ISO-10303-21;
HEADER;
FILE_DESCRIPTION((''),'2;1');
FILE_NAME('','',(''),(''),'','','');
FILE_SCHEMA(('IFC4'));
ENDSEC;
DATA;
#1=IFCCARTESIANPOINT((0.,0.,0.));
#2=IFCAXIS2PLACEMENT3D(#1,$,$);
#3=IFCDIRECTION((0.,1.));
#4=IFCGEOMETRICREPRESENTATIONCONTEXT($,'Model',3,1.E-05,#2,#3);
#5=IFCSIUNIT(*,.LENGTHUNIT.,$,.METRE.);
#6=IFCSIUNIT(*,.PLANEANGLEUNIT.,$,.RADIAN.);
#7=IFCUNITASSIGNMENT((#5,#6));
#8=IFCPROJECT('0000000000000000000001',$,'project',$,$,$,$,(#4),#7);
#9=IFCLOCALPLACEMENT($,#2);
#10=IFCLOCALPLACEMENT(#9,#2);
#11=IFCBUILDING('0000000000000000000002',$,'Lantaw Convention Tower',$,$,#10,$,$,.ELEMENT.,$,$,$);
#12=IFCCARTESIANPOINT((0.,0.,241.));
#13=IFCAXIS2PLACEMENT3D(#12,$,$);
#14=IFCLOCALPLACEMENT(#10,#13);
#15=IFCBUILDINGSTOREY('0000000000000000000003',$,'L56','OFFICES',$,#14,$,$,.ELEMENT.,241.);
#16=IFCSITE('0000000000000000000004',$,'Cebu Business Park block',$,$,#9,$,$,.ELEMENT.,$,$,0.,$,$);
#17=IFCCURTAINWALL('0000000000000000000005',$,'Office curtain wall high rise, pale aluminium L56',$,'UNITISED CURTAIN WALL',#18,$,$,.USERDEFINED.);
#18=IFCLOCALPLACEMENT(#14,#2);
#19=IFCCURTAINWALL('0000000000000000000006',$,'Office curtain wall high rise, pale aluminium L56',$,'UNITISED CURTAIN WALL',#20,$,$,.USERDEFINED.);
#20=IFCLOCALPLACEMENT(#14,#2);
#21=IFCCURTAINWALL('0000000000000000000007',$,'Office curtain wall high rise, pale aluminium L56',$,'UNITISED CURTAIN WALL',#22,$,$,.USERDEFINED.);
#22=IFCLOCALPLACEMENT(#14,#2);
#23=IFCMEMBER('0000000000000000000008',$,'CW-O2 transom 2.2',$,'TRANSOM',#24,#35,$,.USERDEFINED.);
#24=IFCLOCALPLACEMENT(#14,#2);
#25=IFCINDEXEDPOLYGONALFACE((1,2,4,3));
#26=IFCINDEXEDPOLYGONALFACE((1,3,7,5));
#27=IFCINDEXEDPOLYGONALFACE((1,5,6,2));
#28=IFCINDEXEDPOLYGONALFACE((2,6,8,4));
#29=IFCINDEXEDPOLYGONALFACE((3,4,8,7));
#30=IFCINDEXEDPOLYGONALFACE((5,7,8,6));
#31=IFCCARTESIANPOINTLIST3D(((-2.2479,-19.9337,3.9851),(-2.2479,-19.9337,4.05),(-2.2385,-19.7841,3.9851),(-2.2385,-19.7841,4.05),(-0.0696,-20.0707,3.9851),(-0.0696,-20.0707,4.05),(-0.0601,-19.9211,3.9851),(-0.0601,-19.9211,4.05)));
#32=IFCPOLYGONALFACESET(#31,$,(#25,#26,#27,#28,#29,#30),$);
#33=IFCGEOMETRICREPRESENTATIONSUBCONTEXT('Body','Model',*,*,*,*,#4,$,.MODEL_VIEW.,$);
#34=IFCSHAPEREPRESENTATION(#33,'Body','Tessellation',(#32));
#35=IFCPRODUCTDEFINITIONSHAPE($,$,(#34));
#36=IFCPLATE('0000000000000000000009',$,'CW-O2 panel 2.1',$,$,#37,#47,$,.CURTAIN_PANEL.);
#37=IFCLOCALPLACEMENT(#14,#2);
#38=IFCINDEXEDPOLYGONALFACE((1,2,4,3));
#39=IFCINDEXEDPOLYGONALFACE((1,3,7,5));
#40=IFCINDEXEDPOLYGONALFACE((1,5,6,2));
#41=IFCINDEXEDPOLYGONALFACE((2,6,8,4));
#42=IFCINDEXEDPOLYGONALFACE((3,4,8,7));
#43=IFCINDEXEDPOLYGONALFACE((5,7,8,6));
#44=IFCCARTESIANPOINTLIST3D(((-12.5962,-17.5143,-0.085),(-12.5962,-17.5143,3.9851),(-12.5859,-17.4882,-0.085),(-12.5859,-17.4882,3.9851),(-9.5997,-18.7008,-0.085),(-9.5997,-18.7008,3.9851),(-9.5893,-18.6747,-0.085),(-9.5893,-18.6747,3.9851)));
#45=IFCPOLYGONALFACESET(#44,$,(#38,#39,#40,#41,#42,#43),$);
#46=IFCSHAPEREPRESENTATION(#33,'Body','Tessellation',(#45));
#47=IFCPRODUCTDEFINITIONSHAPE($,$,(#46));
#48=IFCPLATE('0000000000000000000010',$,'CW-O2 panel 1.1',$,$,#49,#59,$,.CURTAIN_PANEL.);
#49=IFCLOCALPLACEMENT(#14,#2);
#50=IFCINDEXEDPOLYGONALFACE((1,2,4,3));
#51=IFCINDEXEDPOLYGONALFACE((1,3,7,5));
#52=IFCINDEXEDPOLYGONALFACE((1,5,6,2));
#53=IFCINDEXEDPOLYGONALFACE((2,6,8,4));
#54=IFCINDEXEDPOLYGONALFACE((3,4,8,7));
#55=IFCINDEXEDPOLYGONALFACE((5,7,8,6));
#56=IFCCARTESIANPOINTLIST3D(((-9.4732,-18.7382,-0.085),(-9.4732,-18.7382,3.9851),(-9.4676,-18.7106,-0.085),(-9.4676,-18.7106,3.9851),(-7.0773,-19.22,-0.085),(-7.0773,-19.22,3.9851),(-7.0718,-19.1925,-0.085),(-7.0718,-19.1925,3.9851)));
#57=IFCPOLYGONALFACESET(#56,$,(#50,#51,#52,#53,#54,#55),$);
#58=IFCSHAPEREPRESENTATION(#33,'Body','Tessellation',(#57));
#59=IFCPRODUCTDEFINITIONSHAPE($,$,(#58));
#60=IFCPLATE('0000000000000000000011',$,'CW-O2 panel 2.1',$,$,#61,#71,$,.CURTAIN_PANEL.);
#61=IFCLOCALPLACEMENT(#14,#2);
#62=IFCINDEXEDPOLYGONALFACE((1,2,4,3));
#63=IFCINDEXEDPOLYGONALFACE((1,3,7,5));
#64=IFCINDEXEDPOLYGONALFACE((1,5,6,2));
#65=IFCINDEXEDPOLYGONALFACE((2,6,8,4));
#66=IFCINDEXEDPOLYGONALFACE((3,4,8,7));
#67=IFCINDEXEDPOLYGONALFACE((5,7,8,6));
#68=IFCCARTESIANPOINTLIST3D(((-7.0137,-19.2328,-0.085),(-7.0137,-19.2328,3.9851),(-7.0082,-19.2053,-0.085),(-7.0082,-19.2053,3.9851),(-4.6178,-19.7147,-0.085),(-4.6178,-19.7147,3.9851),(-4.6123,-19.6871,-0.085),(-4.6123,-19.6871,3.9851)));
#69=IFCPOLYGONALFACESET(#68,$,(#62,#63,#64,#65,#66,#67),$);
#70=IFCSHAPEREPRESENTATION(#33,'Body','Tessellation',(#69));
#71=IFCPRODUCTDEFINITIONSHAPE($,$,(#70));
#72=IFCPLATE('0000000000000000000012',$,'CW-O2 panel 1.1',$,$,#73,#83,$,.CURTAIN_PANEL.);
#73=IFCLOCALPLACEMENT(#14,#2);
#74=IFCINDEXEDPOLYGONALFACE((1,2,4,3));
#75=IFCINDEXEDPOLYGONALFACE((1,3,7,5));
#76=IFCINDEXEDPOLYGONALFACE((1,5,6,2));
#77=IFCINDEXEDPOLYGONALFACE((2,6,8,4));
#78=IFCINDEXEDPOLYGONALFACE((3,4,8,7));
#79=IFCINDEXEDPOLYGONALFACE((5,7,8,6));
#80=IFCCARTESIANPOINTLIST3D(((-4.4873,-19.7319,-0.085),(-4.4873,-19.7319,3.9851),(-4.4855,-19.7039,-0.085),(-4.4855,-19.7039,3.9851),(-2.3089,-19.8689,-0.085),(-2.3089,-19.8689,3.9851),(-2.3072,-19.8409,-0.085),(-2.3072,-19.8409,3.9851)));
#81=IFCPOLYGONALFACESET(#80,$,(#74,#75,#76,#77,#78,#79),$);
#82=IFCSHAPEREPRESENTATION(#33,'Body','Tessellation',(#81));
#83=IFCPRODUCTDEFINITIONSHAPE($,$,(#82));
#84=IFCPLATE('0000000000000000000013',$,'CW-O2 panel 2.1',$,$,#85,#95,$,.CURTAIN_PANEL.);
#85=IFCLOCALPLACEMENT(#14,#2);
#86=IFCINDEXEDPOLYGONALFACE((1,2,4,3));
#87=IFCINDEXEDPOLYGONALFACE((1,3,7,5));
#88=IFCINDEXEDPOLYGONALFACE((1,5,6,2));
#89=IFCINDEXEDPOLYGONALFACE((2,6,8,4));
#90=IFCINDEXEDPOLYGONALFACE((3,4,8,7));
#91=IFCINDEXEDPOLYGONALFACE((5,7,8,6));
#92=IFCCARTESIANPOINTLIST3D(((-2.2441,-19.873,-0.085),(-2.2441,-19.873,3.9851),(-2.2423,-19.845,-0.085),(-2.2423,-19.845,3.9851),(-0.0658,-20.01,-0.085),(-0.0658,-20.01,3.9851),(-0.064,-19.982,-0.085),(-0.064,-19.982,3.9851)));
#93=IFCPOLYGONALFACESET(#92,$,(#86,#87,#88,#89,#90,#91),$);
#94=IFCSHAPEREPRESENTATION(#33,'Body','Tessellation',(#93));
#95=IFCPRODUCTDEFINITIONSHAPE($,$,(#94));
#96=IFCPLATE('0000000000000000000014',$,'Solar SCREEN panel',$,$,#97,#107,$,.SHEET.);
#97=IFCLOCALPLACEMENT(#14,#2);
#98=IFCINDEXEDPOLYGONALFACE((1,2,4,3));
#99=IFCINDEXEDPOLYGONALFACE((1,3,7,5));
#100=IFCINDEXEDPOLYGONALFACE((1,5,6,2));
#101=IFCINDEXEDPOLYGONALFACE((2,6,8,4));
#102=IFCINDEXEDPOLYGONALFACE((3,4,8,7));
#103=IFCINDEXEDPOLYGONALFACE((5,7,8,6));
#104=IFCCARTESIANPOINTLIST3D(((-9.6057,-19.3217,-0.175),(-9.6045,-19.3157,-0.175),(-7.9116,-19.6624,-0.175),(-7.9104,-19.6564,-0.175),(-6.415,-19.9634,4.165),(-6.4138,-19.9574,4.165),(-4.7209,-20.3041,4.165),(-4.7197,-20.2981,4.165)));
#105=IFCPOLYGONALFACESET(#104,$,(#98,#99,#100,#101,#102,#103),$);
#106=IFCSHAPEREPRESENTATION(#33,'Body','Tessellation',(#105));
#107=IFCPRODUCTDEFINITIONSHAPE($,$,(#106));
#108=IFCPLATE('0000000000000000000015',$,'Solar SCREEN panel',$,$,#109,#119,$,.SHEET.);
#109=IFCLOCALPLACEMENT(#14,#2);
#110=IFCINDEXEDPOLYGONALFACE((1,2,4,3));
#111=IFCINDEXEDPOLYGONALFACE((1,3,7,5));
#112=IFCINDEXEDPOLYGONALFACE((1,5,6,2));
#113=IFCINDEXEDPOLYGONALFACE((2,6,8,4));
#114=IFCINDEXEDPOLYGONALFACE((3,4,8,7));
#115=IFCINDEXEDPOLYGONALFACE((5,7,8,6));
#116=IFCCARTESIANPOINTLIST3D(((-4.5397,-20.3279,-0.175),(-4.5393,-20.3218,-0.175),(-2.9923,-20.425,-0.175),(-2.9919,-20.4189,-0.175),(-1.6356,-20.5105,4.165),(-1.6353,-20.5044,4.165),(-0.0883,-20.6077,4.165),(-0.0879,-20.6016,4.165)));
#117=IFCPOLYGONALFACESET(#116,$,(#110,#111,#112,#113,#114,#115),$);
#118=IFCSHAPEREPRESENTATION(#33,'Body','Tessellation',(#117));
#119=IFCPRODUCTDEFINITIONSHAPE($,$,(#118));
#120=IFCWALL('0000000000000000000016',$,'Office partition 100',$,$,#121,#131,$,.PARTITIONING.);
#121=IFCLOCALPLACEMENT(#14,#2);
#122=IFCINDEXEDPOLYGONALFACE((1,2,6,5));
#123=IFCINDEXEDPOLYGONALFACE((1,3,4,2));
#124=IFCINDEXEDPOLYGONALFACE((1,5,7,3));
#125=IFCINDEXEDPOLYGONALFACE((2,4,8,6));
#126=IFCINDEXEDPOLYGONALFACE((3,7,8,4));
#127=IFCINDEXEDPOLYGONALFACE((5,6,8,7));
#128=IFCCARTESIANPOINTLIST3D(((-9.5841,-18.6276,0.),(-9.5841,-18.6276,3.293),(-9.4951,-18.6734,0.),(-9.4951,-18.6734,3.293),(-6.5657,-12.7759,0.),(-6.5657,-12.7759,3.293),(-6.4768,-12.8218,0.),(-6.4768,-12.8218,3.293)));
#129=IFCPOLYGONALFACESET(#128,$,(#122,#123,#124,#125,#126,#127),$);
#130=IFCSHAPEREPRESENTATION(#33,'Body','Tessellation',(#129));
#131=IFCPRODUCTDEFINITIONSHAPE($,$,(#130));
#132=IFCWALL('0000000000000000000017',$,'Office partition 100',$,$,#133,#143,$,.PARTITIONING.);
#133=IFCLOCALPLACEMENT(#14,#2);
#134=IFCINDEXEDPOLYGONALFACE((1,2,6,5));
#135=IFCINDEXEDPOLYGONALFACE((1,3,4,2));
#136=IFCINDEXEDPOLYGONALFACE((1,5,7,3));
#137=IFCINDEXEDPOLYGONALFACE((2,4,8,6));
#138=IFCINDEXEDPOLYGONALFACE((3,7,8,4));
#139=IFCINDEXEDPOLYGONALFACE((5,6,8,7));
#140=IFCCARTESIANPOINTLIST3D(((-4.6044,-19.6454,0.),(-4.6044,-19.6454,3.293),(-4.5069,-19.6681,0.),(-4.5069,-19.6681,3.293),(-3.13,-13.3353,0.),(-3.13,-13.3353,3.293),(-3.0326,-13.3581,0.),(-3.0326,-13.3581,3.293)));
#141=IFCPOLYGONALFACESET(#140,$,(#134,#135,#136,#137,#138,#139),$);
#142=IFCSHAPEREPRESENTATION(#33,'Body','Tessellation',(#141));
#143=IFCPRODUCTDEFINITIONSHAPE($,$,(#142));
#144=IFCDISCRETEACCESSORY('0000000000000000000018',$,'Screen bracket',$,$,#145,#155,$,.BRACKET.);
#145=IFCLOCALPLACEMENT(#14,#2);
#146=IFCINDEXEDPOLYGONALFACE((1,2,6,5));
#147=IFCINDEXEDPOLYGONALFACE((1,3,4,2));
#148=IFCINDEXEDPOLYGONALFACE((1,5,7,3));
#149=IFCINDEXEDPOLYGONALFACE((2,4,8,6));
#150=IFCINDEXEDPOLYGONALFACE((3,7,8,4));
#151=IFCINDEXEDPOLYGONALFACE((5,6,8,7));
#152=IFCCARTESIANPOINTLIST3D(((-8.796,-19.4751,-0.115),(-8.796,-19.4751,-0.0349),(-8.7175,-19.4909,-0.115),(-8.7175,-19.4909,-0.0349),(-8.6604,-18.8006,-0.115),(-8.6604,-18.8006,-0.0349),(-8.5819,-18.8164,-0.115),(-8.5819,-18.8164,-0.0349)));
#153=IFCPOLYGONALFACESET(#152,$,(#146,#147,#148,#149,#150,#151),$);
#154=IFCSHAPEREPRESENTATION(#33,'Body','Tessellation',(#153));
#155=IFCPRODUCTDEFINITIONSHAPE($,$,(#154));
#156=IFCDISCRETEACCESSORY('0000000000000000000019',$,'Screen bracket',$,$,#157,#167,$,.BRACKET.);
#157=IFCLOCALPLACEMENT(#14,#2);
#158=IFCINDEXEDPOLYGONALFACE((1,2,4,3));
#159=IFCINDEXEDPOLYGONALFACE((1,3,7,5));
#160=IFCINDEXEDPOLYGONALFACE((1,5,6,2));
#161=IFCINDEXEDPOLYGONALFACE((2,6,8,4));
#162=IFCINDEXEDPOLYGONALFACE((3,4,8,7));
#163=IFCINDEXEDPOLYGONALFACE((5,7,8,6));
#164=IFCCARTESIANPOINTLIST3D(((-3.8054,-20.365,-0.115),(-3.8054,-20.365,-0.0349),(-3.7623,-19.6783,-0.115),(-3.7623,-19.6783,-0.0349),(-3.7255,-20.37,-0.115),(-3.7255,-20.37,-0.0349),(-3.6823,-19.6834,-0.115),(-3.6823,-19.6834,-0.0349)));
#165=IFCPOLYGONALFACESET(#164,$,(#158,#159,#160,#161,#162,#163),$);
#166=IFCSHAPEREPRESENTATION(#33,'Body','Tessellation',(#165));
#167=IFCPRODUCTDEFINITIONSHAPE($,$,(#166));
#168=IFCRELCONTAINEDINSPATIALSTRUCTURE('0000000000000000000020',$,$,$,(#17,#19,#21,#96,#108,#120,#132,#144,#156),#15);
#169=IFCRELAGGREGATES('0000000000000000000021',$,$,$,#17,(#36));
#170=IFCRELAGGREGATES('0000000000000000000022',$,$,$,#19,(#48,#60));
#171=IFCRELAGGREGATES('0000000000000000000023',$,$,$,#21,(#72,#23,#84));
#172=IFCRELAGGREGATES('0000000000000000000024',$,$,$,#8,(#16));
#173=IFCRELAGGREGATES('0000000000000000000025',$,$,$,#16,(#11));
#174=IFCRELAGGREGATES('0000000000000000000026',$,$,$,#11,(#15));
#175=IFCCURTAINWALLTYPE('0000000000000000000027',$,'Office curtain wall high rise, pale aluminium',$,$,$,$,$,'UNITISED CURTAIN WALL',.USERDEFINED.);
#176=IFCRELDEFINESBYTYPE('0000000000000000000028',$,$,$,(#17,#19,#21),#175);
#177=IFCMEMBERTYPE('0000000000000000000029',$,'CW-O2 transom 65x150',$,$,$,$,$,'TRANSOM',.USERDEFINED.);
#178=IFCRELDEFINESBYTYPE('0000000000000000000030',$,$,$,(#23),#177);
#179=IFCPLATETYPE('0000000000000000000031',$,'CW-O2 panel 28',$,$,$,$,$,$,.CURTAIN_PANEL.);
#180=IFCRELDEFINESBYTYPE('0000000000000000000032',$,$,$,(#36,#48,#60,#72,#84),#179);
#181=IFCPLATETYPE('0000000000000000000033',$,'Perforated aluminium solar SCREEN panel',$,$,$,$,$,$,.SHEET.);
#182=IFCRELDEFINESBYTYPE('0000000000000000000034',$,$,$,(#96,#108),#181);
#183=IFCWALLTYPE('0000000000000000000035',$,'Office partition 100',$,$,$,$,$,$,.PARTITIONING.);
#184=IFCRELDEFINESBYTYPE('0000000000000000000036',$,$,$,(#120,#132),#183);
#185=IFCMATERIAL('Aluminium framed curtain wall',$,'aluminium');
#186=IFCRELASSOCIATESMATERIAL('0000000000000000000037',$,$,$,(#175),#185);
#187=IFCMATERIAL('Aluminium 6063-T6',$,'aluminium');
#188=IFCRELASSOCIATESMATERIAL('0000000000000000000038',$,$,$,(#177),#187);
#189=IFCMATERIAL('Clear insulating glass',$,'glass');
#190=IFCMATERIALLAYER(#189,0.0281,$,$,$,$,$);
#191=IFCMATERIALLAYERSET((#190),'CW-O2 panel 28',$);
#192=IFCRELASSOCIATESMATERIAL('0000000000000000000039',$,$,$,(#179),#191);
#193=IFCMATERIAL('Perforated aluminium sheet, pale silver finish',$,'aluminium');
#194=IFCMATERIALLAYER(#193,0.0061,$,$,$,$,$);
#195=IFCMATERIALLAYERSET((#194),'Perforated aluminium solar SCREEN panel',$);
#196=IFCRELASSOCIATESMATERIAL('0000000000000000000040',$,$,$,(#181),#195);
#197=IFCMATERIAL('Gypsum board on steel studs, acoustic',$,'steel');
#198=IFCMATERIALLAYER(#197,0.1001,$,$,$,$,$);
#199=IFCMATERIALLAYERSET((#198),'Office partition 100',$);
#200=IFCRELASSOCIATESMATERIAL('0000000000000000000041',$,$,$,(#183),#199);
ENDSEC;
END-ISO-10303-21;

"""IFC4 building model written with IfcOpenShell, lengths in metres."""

from ifc_helpers import new_model, si_unit, direction, frame, frame_2d, origin, origin_2d, place, context, subcontext, project, spatial, polyline, rectangle, outline, extrude, material, layer, layer_set, material_profile, profile_set, type_object, element, aggregate, save


model = new_model("IFC4")

# Units and contexts
model_context = context("Model", 3, precision=1e-05, world=origin(), true_north=direction((0.0, 1.0)))
body_context = subcontext(model_context, "Body", "Model", "MODEL_VIEW")
ifc_project = project(units=[si_unit("LENGTHUNIT", "METRE"), si_unit("PLANEANGLEUNIT", "RADIAN")], contexts=[model_context])

# Site, building, storey
site_placement = place(None, origin())
site = spatial("IfcSite", under=ifc_project, at=site_placement, Name="Cebu Business Park block", CompositionType="ELEMENT", RefElevation=0.0)
building_placement = place(site_placement, origin())
building = spatial("IfcBuilding", under=site, at=building_placement, Name="Lantaw Convention Tower", CompositionType="ELEMENT")
storey_placement = place(building_placement, frame((0.0, 0.0, 241.0)))
storey = spatial("IfcBuildingStorey", under=building, at=storey_placement, Name="L56", Description="OFFICES", CompositionType="ELEMENT", Elevation=241.0)

# Curtain walls
ifc_material_1 = material(Name="Aluminium framed curtain wall", Category="aluminium")
curtain_wall_type = type_object("IfcCurtainWallType", Name="Office curtain wall high rise, pale aluminium", ElementType="UNITISED CURTAIN WALL", PredefinedType="USERDEFINED", material=ifc_material_1)
curtain_wall_1_placement = place(storey_placement, origin())
curtain_wall_1 = element("IfcCurtainWall", 1, at=curtain_wall_1_placement, inside=storey, type_object=curtain_wall_type, Name="Office curtain wall high rise, pale aluminium L56", ObjectType="UNITISED CURTAIN WALL", PredefinedType="USERDEFINED")
ifc_material_2 = material(Name="Aluminium 6063-T6", Category="aluminium")
curtain_wall_2_placement = place(storey_placement, origin())
curtain_wall_2 = element("IfcCurtainWall", 2, at=curtain_wall_2_placement, inside=storey, type_object=curtain_wall_type, Name="Office curtain wall high rise, pale aluminium L56", ObjectType="UNITISED CURTAIN WALL", PredefinedType="USERDEFINED")
curtain_wall_3_placement = place(storey_placement, origin())
curtain_wall_3 = element("IfcCurtainWall", 3, at=curtain_wall_3_placement, inside=storey, type_object=curtain_wall_type, Name="Office curtain wall high rise, pale aluminium L56", ObjectType="UNITISED CURTAIN WALL", PredefinedType="USERDEFINED")

# Member
ifc_material_profile_1 = material_profile(ifc_material_2, rectangle(XDim=0.1499, YDim=0.0649, at=origin_2d()), Name="CW-O2 transom 65x150")
ifc_profile_set_1 = profile_set([ifc_material_profile_1], Name="Aluminium 6063-T6")
member_type_1 = type_object("IfcMemberType", Name="CW-O2 transom 65x150", ElementType="TRANSOM", PredefinedType="USERDEFINED", material=ifc_profile_set_1)
member_1_placement = place(storey_placement, frame((-2.2432, -19.8589, 4.0176), z_axis=(0.998029, -0.062754, 0.0), x_axis=(0.062754, 0.998029, 0.0)))
member_1 = element("IfcMember", 4, at=member_1_placement, type_object=member_type_1, Name="CW-O2 transom 2.2", ObjectType="TRANSOM", PredefinedType="USERDEFINED", context=body_context, shape_type="SweptSolid", body=[
    extrude(rectangle(XDim=0.1499, YDim=0.0649, at=origin_2d()), origin(), (0.0, 0.0, 1.0), 2.1826),
])

# Plates
ifc_material_3 = material(Name="Clear insulating glass", Category="glass")
ifc_layer_1 = layer(ifc_material_3, 0.0281)
ifc_layer_set_1 = layer_set([ifc_layer_1], Name="CW-O2 panel 28")
plate_type_1 = type_object("IfcPlateType", Name="CW-O2 panel 28", PredefinedType="CURTAIN_PANEL", material=ifc_layer_set_1)
plate_1_placement = place(storey_placement, frame((-11.0928, -18.0945, -0.085), z_axis=(0.0, 0.0, 1.0), x_axis=(0.929762, -0.368162, 0.0)))
plate_1 = element("IfcPlate", 5, at=plate_1_placement, type_object=plate_type_1, Name="CW-O2 panel 2.1", PredefinedType="CURTAIN_PANEL", context=body_context, shape_type="SweptSolid", body=[
    extrude(rectangle(XDim=3.2229, YDim=0.0281, at=origin_2d()), origin(), (0.0, 0.0, 1.0), 4.0701),
])
aggregate(curtain_wall_1, [plate_1])
plate_2_placement = place(storey_placement, frame((-8.2725, -18.9653, -0.085), z_axis=(0.0, 0.0, 1.0), x_axis=(0.980367, -0.197183, 0.0)))
plate_2 = element("IfcPlate", 6, at=plate_2_placement, type_object=plate_type_1, Name="CW-O2 panel 1.1", PredefinedType="CURTAIN_PANEL", context=body_context, shape_type="SweptSolid", body=[
    extrude(rectangle(XDim=2.4438, YDim=0.0281, at=origin_2d()), origin(), (0.0, 0.0, 1.0), 4.0701),
])
plate_3_placement = place(storey_placement, frame((-5.813, -19.46, -0.085), z_axis=(0.0, 0.0, 1.0), x_axis=(0.980367, -0.197183, 0.0)))
plate_3 = element("IfcPlate", 7, at=plate_3_placement, type_object=plate_type_1, Name="CW-O2 panel 2.1", PredefinedType="CURTAIN_PANEL", context=body_context, shape_type="SweptSolid", body=[
    extrude(rectangle(XDim=2.4438, YDim=0.0281, at=origin_2d()), origin(), (0.0, 0.0, 1.0), 4.0701),
])
aggregate(curtain_wall_2, [plate_2, plate_3])
plate_4_placement = place(storey_placement, frame((-3.3972, -19.7864, -0.085), z_axis=(0.0, 0.0, 1.0), x_axis=(0.998029, -0.062758, 0.0)))
plate_4 = element("IfcPlate", 8, at=plate_4_placement, type_object=plate_type_1, Name="CW-O2 panel 1.1", PredefinedType="CURTAIN_PANEL", context=body_context, shape_type="SweptSolid", body=[
    extrude(rectangle(XDim=2.1826, YDim=0.0281, at=origin_2d()), origin(), (0.0, 0.0, 1.0), 4.0701),
])
plate_5_placement = place(storey_placement, frame((-1.1541, -19.9275, -0.085), z_axis=(0.0, 0.0, 1.0), x_axis=(0.998029, -0.062758, 0.0)))
plate_5 = element("IfcPlate", 9, at=plate_5_placement, type_object=plate_type_1, Name="CW-O2 panel 2.1", PredefinedType="CURTAIN_PANEL", context=body_context, shape_type="SweptSolid", body=[
    extrude(rectangle(XDim=2.1826, YDim=0.0281, at=origin_2d()), origin(), (0.0, 0.0, 1.0), 4.0701),
])
aggregate(curtain_wall_3, [plate_4, member_1, plate_5])

# Plates
ifc_material_4 = material(Name="Perforated aluminium sheet, pale silver finish", Category="aluminium")
ifc_layer_2 = layer(ifc_material_4, 0.0061)
ifc_layer_set_2 = layer_set([ifc_layer_2], Name="Perforated aluminium solar SCREEN panel")
plate_type_2 = type_object("IfcPlateType", Name="Perforated aluminium solar SCREEN panel", PredefinedType="SHEET", material=ifc_layer_set_2)
plate_6_placement = place(storey_placement, frame((-9.6045, -19.3157, -0.175), z_axis=(0.197162, 0.980371, 0.000011), x_axis=(0.980371, -0.197162, 0.0)))
element("IfcPlate", 10, at=plate_6_placement, inside=storey, type_object=plate_type_2, Name="Solar SCREEN panel", PredefinedType="SHEET", context=body_context, shape_type="SweptSolid", body=[
    extrude(outline(polyline([(0.0, 0.0), (1.728, 0.0), (4.9826, -4.3401), (3.2545, -4.3401), (0.0, 0.0)])), origin(), (0.0, 0.0, -1.0), 0.0061),
])
plate_7_placement = place(storey_placement, frame((-4.5393, -20.3218, -0.175), z_axis=(0.062672, 0.998034, 0.000059), x_axis=(0.998034, -0.062672, 0.0)))
element("IfcPlate", 11, at=plate_7_placement, inside=storey, type_object=plate_type_2, Name="Solar SCREEN panel", PredefinedType="SHEET", context=body_context, shape_type="SweptSolid", body=[
    extrude(outline(polyline([(0.0, 0.0), (1.5504, 0.0), (4.4602, -4.3401), (2.9098, -4.3401), (0.0, 0.0)])), origin(), (0.0, 0.0, -1.0), 0.0061),
])

# Walls
ifc_material_5 = material(Name="Gypsum board on steel studs, acoustic", Category="steel")
ifc_layer_3 = layer(ifc_material_5, 0.1001)
ifc_layer_set_3 = layer_set([ifc_layer_3], Name="Office partition 100")
wall_type = type_object("IfcWallType", Name="Office partition 100", PredefinedType="PARTITIONING", material=ifc_layer_set_3)
wall_1_placement = place(storey_placement, frame((-9.5396, -18.6504, 0.0), z_axis=(0.0, 0.0, 1.0), x_axis=(0.458421, 0.888735, 0.0)))
element("IfcWall", 12, at=wall_1_placement, inside=storey, type_object=wall_type, Name="Office partition 100", PredefinedType="PARTITIONING", context=body_context, shape_type="SweptSolid", body=[
    extrude(rectangle(XDim=6.5842, YDim=0.1001, at=frame_2d((3.292, 0.0))), origin(), (0.0, 0.0, 1.0), 3.293),
])
wall_2_placement = place(storey_placement, frame((-4.5557, -19.6567, 0.0), z_axis=(0.0, 0.0, 1.0), x_axis=(0.227525, 0.973772, 0.0)))
element("IfcWall", 13, at=wall_2_placement, inside=storey, type_object=wall_type, Name="Office partition 100", PredefinedType="PARTITIONING", context=body_context, shape_type="SweptSolid", body=[
    extrude(rectangle(XDim=6.48, YDim=0.1001, at=frame_2d((3.24, 0.0))), origin(), (0.0, 0.0, 1.0), 3.293),
])

# Discrete accessories
for number, where, z_axis, x_axis, name in (
    (14, (-8.689, -19.1458, -0.115), (0.0, 0.0, 1.0), (0.980367, -0.197183, 0.0), "Screen bracket"),
    (15, (-3.7439, -20.0242, -0.115), (0.0, 0.0, 1.0), (0.998029, -0.062758, 0.0), "Screen bracket"),
):
    element("IfcDiscreteAccessory", number, at=place(storey_placement, frame(where, z_axis=z_axis, x_axis=x_axis)), inside=storey, Name=name, PredefinedType="BRACKET", context=body_context, shape_type="SweptSolid", body=[
        extrude(rectangle(XDim=0.0801, YDim=0.688, at=origin_2d()), origin(), (0.0, 0.0, 1.0), 0.0801),
    ])

save(model, "model.ifc")
